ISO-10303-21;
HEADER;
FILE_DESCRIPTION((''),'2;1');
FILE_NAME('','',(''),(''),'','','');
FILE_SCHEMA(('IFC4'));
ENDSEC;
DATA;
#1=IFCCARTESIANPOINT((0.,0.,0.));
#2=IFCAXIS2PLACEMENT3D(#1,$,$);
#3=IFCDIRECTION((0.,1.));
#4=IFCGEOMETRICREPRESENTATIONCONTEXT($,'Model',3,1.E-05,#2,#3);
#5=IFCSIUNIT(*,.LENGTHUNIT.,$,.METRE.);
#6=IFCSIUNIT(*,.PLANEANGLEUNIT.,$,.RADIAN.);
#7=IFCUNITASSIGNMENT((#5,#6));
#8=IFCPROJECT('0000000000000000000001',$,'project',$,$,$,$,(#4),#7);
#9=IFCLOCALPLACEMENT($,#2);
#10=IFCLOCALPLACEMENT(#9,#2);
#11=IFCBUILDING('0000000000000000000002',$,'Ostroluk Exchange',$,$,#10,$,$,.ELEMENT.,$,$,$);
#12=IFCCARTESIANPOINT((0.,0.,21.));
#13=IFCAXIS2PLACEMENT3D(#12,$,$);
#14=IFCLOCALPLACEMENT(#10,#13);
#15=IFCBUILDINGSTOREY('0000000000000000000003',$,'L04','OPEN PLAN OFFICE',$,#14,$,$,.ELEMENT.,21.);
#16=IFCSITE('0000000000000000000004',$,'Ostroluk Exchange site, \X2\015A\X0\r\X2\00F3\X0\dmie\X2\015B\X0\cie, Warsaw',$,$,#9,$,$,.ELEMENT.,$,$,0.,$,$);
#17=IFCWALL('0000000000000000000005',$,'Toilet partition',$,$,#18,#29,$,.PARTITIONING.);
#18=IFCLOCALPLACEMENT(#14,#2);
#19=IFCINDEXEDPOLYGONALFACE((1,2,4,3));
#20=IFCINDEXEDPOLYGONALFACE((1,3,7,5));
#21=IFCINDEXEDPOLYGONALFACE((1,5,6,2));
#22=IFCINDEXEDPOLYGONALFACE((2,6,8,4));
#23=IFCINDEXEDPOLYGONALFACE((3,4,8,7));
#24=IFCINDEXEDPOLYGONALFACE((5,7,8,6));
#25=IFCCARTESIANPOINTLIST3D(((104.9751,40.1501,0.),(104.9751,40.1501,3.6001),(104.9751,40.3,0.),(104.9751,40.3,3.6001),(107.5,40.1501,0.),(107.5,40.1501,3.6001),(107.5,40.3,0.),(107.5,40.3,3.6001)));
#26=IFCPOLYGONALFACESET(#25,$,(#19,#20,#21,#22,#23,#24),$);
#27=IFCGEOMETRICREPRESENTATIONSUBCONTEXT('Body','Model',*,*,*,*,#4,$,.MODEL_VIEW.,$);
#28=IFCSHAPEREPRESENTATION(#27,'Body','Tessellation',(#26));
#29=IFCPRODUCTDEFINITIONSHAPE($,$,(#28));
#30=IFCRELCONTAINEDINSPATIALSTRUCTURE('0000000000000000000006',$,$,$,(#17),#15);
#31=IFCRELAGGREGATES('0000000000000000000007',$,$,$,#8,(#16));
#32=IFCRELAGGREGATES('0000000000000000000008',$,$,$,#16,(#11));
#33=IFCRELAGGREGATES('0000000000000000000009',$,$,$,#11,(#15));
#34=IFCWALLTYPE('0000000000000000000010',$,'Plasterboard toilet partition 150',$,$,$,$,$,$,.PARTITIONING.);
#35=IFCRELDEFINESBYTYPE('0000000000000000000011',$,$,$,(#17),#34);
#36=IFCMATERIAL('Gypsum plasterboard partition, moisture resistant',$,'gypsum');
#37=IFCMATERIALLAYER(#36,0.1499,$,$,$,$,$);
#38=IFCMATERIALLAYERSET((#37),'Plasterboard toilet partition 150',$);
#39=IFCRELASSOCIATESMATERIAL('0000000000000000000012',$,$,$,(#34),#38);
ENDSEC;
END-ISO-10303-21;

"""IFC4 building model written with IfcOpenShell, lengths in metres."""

from ifc_helpers import new_model, si_unit, direction, frame, frame_2d, origin, place, context, subcontext, project, spatial, rectangle, extrude, material, layer, layer_set, type_object, element, save


model = new_model("IFC4")

# Units and contexts
model_context = context("Model", 3, precision=1e-05, world=origin(), true_north=direction((0.0, 1.0)))
body_context = subcontext(model_context, "Body", "Model", "MODEL_VIEW")
ifc_project = project(units=[si_unit("LENGTHUNIT", "METRE"), si_unit("PLANEANGLEUNIT", "RADIAN")], contexts=[model_context])

# Site, building, storey
site_placement = place(None, origin())
site = spatial("IfcSite", under=ifc_project, at=site_placement, Name="Ostroluk Exchange site, Śródmieście, Warsaw", CompositionType="ELEMENT", RefElevation=0.0)
building_placement = place(site_placement, origin())
building = spatial("IfcBuilding", under=site, at=building_placement, Name="Ostroluk Exchange", CompositionType="ELEMENT")
storey_placement = place(building_placement, frame((0.0, 0.0, 21.0)))
storey = spatial("IfcBuildingStorey", under=building, at=storey_placement, Name="L04", Description="OPEN PLAN OFFICE", CompositionType="ELEMENT", Elevation=21.0)

# Shared definitions
ifc_material_1 = material(Name="Gypsum plasterboard partition, moisture resistant", Category="gypsum")
ifc_layer_1 = layer(ifc_material_1, 0.1499)
ifc_layer_set_1 = layer_set([ifc_layer_1], Name="Plasterboard toilet partition 150")
wall_type_1 = type_object("IfcWallType", Name="Plasterboard toilet partition 150", PredefinedType="PARTITIONING", material=ifc_layer_set_1)

# Wall
for number, where, z_axis, x_axis, name in (
    (1, (104.9751, 40.2251, 0.0), (0.0, 0.0, 1.0), (1.0, 0.0, 0.0), "Toilet partition"),
):
    element("IfcWall", number, at=place(storey_placement, frame(where, z_axis=z_axis, x_axis=x_axis)), inside=storey, type_object=wall_type_1, Name=name, PredefinedType="PARTITIONING", context=body_context, shape_type="SweptSolid", body=[
        extrude(rectangle(XDim=2.5249, YDim=0.1499, at=frame_2d((1.2625, 0.0))), origin(), (0.0, 0.0, 1.0), 3.6001),
    ])

save(model, "model.ifc")
